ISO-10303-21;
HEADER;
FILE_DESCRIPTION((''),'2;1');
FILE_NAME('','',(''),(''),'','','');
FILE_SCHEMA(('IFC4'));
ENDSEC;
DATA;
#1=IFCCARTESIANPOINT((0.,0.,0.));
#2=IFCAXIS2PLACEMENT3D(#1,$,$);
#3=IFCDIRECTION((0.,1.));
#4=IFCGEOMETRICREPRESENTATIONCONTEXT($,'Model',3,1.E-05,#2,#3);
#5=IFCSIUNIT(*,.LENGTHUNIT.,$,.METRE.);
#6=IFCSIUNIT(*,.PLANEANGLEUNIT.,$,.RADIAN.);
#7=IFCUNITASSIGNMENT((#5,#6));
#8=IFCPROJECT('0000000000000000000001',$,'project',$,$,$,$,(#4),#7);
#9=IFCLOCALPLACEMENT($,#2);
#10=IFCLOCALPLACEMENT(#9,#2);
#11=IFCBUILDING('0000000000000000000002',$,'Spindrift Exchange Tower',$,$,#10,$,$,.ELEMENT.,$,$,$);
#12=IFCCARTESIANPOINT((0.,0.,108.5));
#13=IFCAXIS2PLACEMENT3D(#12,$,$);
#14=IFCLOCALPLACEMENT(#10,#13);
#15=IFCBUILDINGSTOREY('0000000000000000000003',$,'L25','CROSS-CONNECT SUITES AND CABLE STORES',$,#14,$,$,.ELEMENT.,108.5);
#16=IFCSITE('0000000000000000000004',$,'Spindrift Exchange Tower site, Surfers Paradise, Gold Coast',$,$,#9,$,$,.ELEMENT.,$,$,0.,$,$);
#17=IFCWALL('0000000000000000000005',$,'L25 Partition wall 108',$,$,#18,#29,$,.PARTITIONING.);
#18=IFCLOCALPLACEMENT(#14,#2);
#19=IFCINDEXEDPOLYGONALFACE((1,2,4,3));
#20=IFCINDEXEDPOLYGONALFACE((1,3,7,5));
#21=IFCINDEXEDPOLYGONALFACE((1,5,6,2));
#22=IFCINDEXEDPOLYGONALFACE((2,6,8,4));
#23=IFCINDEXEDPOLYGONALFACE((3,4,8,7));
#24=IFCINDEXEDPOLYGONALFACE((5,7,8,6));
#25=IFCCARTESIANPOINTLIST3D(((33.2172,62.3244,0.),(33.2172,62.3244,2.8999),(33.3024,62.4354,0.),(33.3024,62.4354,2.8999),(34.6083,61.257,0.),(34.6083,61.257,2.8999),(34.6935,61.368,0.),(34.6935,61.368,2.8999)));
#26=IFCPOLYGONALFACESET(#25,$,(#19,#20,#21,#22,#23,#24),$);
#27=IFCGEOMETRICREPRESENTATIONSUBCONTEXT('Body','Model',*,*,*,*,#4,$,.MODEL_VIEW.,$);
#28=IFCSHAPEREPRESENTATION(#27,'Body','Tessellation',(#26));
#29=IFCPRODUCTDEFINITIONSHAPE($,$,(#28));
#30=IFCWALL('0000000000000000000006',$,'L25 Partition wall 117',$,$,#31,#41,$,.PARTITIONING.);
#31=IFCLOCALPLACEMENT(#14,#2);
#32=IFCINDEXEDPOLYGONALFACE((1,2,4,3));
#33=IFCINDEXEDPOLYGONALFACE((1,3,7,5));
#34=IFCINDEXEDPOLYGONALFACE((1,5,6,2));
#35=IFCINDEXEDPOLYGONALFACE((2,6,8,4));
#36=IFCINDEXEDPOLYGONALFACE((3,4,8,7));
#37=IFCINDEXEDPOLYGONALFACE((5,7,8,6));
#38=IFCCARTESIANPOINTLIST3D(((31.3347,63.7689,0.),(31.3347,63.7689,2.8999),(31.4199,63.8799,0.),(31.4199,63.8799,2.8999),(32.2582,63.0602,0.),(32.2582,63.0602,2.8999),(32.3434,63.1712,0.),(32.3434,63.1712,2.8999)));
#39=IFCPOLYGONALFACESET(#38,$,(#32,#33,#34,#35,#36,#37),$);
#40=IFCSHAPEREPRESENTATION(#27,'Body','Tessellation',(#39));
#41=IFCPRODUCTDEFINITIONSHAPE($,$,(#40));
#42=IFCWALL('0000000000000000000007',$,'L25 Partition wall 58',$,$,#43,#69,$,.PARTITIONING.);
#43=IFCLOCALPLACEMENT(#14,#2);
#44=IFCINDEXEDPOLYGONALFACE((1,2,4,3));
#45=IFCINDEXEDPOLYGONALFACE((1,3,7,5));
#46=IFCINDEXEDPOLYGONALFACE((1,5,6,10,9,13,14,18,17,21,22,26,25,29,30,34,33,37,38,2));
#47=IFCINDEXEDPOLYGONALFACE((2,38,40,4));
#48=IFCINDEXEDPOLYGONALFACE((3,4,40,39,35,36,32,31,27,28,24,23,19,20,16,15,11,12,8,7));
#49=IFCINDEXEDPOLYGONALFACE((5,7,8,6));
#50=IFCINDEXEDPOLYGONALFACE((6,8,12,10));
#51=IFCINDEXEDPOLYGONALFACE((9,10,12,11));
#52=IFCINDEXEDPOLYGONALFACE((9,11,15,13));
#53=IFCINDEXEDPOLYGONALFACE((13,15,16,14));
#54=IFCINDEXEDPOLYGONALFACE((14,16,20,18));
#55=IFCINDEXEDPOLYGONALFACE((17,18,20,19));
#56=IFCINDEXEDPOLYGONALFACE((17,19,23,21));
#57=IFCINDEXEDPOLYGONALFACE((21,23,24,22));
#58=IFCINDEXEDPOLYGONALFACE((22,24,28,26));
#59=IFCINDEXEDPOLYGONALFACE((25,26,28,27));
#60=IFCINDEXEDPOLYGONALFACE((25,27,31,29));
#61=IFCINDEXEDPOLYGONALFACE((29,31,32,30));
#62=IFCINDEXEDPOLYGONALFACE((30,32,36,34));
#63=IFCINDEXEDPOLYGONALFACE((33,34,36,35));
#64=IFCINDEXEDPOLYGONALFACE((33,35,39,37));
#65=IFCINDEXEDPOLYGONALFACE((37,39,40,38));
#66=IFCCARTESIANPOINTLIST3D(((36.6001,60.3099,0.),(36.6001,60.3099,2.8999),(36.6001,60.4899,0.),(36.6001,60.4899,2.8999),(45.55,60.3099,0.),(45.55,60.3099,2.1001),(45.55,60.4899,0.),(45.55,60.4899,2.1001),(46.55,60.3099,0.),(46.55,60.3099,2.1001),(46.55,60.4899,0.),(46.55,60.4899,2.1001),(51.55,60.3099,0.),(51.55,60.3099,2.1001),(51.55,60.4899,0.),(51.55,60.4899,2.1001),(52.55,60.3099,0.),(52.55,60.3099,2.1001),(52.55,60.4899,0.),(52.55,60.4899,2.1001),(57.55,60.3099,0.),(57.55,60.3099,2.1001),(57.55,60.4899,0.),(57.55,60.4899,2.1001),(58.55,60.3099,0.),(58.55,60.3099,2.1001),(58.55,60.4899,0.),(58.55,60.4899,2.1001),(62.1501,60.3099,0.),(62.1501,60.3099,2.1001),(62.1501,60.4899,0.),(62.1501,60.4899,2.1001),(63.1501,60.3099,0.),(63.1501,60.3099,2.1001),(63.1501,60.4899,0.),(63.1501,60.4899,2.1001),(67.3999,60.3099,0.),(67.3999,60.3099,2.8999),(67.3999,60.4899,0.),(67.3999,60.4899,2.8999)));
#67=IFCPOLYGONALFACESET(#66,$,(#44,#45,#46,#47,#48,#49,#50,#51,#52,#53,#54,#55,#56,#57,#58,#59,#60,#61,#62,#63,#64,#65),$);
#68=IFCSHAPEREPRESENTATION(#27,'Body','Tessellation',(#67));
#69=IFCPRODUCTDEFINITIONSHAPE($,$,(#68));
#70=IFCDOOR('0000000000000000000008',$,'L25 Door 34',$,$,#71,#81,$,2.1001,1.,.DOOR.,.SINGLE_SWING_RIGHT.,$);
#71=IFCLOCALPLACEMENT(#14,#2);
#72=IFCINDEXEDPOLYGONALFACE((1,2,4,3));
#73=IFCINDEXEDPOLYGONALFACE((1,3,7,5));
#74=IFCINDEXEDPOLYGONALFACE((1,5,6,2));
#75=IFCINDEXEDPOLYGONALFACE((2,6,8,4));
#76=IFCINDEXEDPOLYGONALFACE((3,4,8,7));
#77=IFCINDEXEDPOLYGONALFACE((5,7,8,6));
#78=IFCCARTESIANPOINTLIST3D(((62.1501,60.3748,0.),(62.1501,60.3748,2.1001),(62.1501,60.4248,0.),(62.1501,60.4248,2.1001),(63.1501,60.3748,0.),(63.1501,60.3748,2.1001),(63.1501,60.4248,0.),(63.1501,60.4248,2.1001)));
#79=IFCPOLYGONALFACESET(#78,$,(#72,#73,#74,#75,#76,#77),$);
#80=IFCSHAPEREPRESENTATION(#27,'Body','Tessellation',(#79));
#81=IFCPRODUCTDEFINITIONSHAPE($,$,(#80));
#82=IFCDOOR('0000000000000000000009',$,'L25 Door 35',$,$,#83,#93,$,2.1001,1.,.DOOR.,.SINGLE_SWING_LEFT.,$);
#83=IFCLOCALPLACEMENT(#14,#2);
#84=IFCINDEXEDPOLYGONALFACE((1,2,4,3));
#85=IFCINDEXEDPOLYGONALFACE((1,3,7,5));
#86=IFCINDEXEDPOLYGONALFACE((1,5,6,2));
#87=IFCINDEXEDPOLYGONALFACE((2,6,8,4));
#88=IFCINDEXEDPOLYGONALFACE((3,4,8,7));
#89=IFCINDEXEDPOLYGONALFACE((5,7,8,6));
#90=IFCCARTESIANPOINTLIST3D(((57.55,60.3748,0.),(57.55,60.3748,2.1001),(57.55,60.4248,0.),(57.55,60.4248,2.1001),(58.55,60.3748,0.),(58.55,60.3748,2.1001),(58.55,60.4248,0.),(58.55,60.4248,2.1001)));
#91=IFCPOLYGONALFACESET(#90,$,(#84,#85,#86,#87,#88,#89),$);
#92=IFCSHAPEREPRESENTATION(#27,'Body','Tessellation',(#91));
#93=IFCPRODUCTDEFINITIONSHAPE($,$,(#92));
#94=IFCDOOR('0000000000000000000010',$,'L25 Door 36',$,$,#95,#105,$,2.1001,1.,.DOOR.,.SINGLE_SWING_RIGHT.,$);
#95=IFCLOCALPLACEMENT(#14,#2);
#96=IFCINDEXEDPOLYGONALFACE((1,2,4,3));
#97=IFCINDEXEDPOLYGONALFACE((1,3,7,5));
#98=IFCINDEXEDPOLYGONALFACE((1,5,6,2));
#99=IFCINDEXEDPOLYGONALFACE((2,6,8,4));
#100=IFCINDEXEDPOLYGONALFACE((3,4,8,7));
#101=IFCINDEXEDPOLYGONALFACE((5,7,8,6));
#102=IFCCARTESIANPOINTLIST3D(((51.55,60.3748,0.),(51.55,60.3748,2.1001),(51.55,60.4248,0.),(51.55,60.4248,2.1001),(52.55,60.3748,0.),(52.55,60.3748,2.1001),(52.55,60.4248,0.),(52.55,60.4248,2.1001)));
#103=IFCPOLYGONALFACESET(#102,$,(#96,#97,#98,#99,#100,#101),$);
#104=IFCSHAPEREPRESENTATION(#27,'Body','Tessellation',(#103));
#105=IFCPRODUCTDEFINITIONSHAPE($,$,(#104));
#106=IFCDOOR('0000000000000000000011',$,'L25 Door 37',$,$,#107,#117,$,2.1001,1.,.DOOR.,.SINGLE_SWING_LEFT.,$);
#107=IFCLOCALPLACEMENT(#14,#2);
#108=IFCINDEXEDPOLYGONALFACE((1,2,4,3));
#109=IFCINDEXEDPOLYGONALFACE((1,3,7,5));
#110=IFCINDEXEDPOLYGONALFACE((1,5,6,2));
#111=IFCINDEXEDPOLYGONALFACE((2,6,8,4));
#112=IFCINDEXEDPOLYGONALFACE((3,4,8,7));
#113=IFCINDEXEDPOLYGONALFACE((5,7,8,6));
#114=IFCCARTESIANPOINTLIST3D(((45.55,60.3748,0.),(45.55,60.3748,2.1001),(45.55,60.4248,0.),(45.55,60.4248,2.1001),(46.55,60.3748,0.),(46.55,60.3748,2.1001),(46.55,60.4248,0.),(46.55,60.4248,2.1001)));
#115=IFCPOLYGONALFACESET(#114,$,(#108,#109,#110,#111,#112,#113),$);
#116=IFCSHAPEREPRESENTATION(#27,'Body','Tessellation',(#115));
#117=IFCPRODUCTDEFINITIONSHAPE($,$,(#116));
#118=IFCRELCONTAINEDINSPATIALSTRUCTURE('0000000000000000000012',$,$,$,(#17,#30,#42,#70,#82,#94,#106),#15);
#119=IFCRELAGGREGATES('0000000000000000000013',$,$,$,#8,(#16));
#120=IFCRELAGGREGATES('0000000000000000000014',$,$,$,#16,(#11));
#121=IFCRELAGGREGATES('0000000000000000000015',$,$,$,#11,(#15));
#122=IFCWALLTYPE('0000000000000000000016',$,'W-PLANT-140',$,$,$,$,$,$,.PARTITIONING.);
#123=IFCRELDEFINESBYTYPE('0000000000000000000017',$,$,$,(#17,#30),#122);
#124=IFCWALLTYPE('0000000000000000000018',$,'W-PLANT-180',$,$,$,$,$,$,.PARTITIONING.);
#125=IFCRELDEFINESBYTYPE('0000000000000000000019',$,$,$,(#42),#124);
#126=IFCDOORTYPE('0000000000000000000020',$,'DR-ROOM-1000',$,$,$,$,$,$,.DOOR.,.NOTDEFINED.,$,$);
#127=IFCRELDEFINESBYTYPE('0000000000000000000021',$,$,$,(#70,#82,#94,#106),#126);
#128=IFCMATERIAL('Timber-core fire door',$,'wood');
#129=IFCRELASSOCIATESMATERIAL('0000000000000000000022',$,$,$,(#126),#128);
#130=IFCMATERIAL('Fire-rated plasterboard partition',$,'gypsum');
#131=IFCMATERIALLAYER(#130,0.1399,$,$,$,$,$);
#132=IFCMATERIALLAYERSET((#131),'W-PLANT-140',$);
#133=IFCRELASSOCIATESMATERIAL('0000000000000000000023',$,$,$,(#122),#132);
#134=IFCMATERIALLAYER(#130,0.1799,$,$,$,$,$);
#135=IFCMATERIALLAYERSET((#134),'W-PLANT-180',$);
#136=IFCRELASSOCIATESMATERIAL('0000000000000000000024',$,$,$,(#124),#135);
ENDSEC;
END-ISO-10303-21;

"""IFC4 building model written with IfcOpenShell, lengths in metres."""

from ifc_helpers import new_model, si_unit, direction, frame, frame_2d, origin, place, context, subcontext, project, spatial, rectangle, extrude, source, transform, mapped, material, layer, layer_set, type_object, element, fill, save


model = new_model("IFC4")

# Units and contexts
model_context = context("Model", 3, precision=1e-05, world=origin(), true_north=direction((0.0, 1.0)))
body_context = subcontext(model_context, "Body", "Model", "MODEL_VIEW")
ifc_project = project(units=[si_unit("LENGTHUNIT", "METRE"), si_unit("PLANEANGLEUNIT", "RADIAN")], contexts=[model_context])

# Site, building, storey
site_placement = place(None, origin())
site = spatial("IfcSite", under=ifc_project, at=site_placement, Name="Spindrift Exchange Tower site, Surfers Paradise, Gold Coast", CompositionType="ELEMENT", RefElevation=0.0)
building_placement = place(site_placement, origin())
building = spatial("IfcBuilding", under=site, at=building_placement, Name="Spindrift Exchange Tower", CompositionType="ELEMENT")
storey_placement = place(building_placement, frame((0.0, 0.0, 108.5)))
storey = spatial("IfcBuildingStorey", under=building, at=storey_placement, Name="L25", Description="CROSS-CONNECT SUITES AND CABLE STORES", CompositionType="ELEMENT", Elevation=108.5)

# Shared definitions
ifc_material_1 = material(Name="Fire-rated plasterboard partition", Category="gypsum")
ifc_material_2 = material(Name="Timber-core fire door", Category="wood")
door_type = type_object("IfcDoorType", Name="DR-ROOM-1000", OperationType="NOTDEFINED", PredefinedType="DOOR", material=ifc_material_2)
shared_shape_1 = source(origin(), body_context, "Body", "SweptSolid", [
    extrude(rectangle(XDim=1.0, YDim=2.1001, at=frame_2d((0.5, 1.05))), frame((0.0, 0.0249, 0.0), z_axis=(0.0, -1.0, 0.0), x_axis=(1.0, 0.0, 0.0)), (0.0, 0.0, 1.0), 0.05),
])

# Walls
ifc_layer_1 = layer(ifc_material_1, 0.1399)
ifc_layer_set_1 = layer_set([ifc_layer_1], Name="W-PLANT-140")
wall_type_1 = type_object("IfcWallType", Name="W-PLANT-140", PredefinedType="PARTITIONING", material=ifc_layer_set_1)
wall_1_placement = place(storey_placement, frame((34.6509, 61.3125, 0.0), z_axis=(0.0, 0.0, 1.0), x_axis=(-0.793369, 0.608741, 0.0)))
element("IfcWall", 1, at=wall_1_placement, inside=storey, type_object=wall_type_1, Name="L25 Partition wall 108", PredefinedType="PARTITIONING", context=body_context, shape_type="SweptSolid", body=[
    extrude(rectangle(XDim=1.7534, YDim=0.1399, at=frame_2d((0.8767, 0.0))), origin(), (0.0, 0.0, 1.0), 2.8999),
])
wall_2_placement = place(storey_placement, frame((32.3008, 63.1157, 0.0), z_axis=(0.0, 0.0, 1.0), x_axis=(-0.793333, 0.608788, 0.0)))
element("IfcWall", 2, at=wall_2_placement, inside=storey, type_object=wall_type_1, Name="L25 Partition wall 117", PredefinedType="PARTITIONING", context=body_context, shape_type="SweptSolid", body=[
    extrude(rectangle(XDim=1.1641, YDim=0.1399, at=frame_2d((0.582, 0.0))), origin(), (0.0, 0.0, 1.0), 2.8999),
])

# Wall, openings, doors
ifc_layer_2 = layer(ifc_material_1, 0.1799)
ifc_layer_set_2 = layer_set([ifc_layer_2], Name="W-PLANT-180")
wall_type_2 = type_object("IfcWallType", Name="W-PLANT-180", PredefinedType="PARTITIONING", material=ifc_layer_set_2)
wall_3_placement = place(storey_placement, frame((36.6001, 60.3999, 0.0), z_axis=(0.0, 0.0, 1.0), x_axis=(1.0, 0.0, 0.0)))
wall_3 = element("IfcWall", 3, at=wall_3_placement, inside=storey, type_object=wall_type_2, Name="L25 Partition wall 58", PredefinedType="PARTITIONING", context=body_context, shape_type="SweptSolid", body=[
    extrude(rectangle(XDim=30.7998, YDim=0.1799, at=frame_2d((15.3999, 0.0))), origin(), (0.0, 0.0, 1.0), 2.8999),
])
opening_1_placement = place(wall_3_placement, frame((25.55, 0.0, 0.0)))
opening_1 = element("IfcOpeningElement", 4, at=opening_1_placement, cuts=wall_3, PredefinedType="OPENING", context=body_context, shape_type="SweptSolid", body=[
    extrude(rectangle(XDim=1.0, YDim=2.1001, at=frame_2d((0.5, 1.05))), frame((0.0, 0.0999, 0.0), z_axis=(0.0, -1.0, 0.0), x_axis=(1.0, 0.0, 0.0)), (0.0, 0.0, 1.0), 0.2),
])
opening_2_placement = place(wall_3_placement, frame((20.95, 0.0, 0.0)))
opening_2 = element("IfcOpeningElement", 5, at=opening_2_placement, cuts=wall_3, PredefinedType="OPENING", context=body_context, shape_type="SweptSolid", body=[
    extrude(rectangle(XDim=1.0, YDim=2.1001, at=frame_2d((0.5, 1.05))), frame((0.0, 0.0999, 0.0), z_axis=(0.0, -1.0, 0.0), x_axis=(1.0, 0.0, 0.0)), (0.0, 0.0, 1.0), 0.2),
])
opening_3_placement = place(wall_3_placement, frame((14.95, 0.0, 0.0)))
opening_3 = element("IfcOpeningElement", 6, at=opening_3_placement, cuts=wall_3, PredefinedType="OPENING", context=body_context, shape_type="SweptSolid", body=[
    extrude(rectangle(XDim=1.0, YDim=2.1001, at=frame_2d((0.5, 1.05))), frame((0.0, 0.0999, 0.0), z_axis=(0.0, -1.0, 0.0), x_axis=(1.0, 0.0, 0.0)), (0.0, 0.0, 1.0), 0.2),
])
opening_4_placement = place(wall_3_placement, frame((8.95, 0.0, 0.0)))
opening_4 = element("IfcOpeningElement", 7, at=opening_4_placement, cuts=wall_3, PredefinedType="OPENING", context=body_context, shape_type="SweptSolid", body=[
    extrude(rectangle(XDim=1.0, YDim=2.1001, at=frame_2d((0.5, 1.05))), frame((0.0, 0.0999, 0.0), z_axis=(0.0, -1.0, 0.0), x_axis=(1.0, 0.0, 0.0)), (0.0, 0.0, 1.0), 0.2),
])
door_1_placement = place(opening_1_placement, origin())
door_1 = element("IfcDoor", 8, at=door_1_placement, inside=storey, type_object=door_type, Name="L25 Door 34", OperationType="SINGLE_SWING_RIGHT", OverallHeight=2.1001, OverallWidth=1.0, PredefinedType="DOOR", context=body_context, shape_type="MappedRepresentation", body=[
    mapped(shared_shape_1, transform((0.0, 0.0, 0.0), scale=1.0)),
])
fill(opening_1, door_1)
door_2_placement = place(opening_2_placement, origin())
door_2 = element("IfcDoor", 9, at=door_2_placement, inside=storey, type_object=door_type, Name="L25 Door 35", OperationType="SINGLE_SWING_LEFT", OverallHeight=2.1001, OverallWidth=1.0, PredefinedType="DOOR", context=body_context, shape_type="MappedRepresentation", body=[
    mapped(shared_shape_1, transform((0.0, 0.0, 0.0), scale=1.0)),
])
fill(opening_2, door_2)
door_3_placement = place(opening_3_placement, origin())
door_3 = element("IfcDoor", 10, at=door_3_placement, inside=storey, type_object=door_type, Name="L25 Door 36", OperationType="SINGLE_SWING_RIGHT", OverallHeight=2.1001, OverallWidth=1.0, PredefinedType="DOOR", context=body_context, shape_type="MappedRepresentation", body=[
    mapped(shared_shape_1, transform((0.0, 0.0, 0.0), scale=1.0)),
])
fill(opening_3, door_3)
door_4_placement = place(opening_4_placement, origin())
door_4 = element("IfcDoor", 11, at=door_4_placement, inside=storey, type_object=door_type, Name="L25 Door 37", OperationType="SINGLE_SWING_LEFT", OverallHeight=2.1001, OverallWidth=1.0, PredefinedType="DOOR", context=body_context, shape_type="MappedRepresentation", body=[
    mapped(shared_shape_1, transform((0.0, 0.0, 0.0), scale=1.0)),
])
fill(opening_4, door_4)

save(model, "model.ifc")
